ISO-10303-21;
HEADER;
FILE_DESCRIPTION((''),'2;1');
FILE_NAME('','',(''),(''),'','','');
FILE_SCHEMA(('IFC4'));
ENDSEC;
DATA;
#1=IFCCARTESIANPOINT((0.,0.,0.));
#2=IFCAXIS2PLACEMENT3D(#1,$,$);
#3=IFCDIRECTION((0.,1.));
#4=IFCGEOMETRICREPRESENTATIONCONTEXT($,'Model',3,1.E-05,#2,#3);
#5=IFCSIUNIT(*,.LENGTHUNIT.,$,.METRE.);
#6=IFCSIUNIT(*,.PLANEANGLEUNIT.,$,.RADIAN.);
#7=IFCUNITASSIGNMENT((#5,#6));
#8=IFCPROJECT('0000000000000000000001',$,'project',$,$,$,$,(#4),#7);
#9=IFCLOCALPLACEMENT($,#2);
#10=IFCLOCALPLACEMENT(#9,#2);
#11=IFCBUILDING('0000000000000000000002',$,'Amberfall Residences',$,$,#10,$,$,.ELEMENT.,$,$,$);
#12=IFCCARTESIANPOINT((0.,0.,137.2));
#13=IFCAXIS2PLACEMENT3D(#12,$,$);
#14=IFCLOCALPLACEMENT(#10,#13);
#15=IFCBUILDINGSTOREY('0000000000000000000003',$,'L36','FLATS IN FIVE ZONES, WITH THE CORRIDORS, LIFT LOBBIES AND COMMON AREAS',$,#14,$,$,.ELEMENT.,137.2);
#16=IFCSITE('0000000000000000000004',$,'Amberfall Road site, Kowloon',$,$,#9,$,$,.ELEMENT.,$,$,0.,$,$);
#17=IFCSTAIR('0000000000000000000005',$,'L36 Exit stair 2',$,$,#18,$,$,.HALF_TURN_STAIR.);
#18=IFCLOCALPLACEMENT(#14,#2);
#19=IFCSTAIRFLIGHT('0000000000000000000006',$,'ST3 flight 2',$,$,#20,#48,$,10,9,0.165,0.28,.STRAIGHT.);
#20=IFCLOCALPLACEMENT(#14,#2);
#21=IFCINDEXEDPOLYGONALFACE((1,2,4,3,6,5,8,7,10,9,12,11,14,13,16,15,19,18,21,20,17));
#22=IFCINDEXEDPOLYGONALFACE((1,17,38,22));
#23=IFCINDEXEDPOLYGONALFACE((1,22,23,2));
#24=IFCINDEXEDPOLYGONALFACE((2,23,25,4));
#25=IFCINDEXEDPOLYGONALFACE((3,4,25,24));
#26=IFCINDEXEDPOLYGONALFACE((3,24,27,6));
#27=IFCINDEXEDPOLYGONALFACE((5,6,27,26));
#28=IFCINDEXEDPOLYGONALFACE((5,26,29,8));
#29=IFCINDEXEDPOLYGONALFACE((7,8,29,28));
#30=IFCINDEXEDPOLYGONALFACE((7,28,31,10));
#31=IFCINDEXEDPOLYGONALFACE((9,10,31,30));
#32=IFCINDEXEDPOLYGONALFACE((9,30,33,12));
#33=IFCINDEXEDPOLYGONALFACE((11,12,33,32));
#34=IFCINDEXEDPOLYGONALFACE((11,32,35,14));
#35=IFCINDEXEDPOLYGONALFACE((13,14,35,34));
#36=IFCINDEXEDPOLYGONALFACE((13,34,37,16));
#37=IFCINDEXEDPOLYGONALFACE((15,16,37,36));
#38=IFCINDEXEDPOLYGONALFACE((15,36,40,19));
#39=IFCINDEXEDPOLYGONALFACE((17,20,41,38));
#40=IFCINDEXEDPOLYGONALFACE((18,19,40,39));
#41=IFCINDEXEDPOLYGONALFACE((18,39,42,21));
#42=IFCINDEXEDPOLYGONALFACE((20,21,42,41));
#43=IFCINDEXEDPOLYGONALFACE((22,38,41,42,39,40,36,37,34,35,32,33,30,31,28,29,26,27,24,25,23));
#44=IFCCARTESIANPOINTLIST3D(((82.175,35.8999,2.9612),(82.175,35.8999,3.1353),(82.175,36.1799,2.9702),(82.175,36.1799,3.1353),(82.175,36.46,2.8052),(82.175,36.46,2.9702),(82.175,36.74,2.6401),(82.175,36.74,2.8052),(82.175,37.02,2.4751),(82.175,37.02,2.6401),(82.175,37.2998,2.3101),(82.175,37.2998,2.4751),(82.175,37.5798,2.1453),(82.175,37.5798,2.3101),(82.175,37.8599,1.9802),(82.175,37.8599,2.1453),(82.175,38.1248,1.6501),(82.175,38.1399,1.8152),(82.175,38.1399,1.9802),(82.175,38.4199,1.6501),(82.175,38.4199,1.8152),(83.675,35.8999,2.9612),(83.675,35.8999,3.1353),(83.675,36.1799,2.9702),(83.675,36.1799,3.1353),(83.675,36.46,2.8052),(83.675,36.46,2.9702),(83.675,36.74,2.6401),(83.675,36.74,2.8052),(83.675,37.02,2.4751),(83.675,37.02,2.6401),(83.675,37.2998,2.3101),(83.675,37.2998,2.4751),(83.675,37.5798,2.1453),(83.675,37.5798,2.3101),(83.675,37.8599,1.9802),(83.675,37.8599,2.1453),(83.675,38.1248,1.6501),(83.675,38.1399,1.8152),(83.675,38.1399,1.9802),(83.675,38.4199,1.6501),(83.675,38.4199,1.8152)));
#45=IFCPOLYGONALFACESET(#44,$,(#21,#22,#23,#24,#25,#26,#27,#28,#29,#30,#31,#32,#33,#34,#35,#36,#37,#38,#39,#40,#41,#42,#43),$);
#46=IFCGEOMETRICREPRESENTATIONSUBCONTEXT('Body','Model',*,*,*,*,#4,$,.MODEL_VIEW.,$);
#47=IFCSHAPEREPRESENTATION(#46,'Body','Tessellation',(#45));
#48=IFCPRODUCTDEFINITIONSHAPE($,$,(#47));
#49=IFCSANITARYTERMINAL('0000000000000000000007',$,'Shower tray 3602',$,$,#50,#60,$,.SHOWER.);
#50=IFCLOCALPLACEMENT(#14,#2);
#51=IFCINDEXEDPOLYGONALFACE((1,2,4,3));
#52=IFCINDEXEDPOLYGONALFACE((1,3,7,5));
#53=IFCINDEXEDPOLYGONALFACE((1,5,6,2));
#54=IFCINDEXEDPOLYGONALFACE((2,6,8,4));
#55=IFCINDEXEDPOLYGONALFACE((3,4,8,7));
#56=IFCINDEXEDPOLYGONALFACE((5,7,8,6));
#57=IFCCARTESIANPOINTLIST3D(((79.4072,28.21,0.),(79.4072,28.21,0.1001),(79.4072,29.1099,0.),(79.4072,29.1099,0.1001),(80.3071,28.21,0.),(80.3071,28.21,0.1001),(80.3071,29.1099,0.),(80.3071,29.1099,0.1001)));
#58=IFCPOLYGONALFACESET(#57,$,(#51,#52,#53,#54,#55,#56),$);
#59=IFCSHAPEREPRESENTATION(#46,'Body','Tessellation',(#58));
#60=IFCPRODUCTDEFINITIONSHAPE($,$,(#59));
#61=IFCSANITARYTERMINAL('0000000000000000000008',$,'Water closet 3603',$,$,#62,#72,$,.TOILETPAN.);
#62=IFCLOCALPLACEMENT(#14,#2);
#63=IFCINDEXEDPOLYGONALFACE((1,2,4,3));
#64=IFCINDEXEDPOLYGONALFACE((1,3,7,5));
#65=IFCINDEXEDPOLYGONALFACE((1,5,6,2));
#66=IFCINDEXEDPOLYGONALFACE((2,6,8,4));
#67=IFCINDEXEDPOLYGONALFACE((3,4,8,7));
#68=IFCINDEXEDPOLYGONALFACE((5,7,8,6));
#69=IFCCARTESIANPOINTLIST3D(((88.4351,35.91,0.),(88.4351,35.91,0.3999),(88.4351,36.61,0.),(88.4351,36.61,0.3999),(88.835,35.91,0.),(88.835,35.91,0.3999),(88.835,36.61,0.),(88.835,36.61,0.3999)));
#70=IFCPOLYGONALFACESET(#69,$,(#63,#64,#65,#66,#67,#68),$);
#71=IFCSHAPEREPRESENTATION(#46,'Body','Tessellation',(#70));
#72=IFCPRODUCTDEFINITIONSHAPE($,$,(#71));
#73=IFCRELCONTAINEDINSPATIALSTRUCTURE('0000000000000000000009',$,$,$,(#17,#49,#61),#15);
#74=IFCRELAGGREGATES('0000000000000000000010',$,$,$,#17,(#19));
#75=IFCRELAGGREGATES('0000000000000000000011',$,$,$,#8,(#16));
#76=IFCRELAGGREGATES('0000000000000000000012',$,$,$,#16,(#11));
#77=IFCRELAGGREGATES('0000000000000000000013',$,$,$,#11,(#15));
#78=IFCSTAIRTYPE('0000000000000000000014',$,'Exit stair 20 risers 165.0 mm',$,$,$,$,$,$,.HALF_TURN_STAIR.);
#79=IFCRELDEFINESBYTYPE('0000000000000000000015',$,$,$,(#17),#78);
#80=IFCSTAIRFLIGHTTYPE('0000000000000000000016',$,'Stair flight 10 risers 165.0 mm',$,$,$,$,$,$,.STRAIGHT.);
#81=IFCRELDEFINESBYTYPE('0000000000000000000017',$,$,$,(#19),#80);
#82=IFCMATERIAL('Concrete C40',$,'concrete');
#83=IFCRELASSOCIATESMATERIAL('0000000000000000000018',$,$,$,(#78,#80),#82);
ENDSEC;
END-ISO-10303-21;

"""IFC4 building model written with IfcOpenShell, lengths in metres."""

from ifc_helpers import new_model, si_unit, direction, frame, origin, origin_2d, place, context, subcontext, project, spatial, polyline, rectangle, outline, extrude, material, type_object, element, aggregate, save


model = new_model("IFC4")

# Units and contexts
model_context = context("Model", 3, precision=1e-05, world=origin(), true_north=direction((0.0, 1.0)))
body_context = subcontext(model_context, "Body", "Model", "MODEL_VIEW")
ifc_project = project(units=[si_unit("LENGTHUNIT", "METRE"), si_unit("PLANEANGLEUNIT", "RADIAN")], contexts=[model_context])

# Site, building, storey
site_placement = place(None, origin())
site = spatial("IfcSite", under=ifc_project, at=site_placement, Name="Amberfall Road site, Kowloon", CompositionType="ELEMENT", RefElevation=0.0)
building_placement = place(site_placement, origin())
building = spatial("IfcBuilding", under=site, at=building_placement, Name="Amberfall Residences", CompositionType="ELEMENT")
storey_placement = place(building_placement, frame((0.0, 0.0, 137.2)))
storey = spatial("IfcBuildingStorey", under=building, at=storey_placement, Name="L36", Description="FLATS IN FIVE ZONES, WITH THE CORRIDORS, LIFT LOBBIES AND COMMON AREAS", CompositionType="ELEMENT", Elevation=137.2)

# Stair, stair flight
ifc_material_1 = material(Name="Concrete C40", Category="concrete")
stair_type = type_object("IfcStairType", Name="Exit stair 20 risers 165.0 mm", PredefinedType="HALF_TURN_STAIR", material=ifc_material_1)
stair_placement = place(storey_placement, origin())
stair = element("IfcStair", 1, at=stair_placement, inside=storey, type_object=stair_type, Name="L36 Exit stair 2", PredefinedType="HALF_TURN_STAIR")
stair_flight_type = type_object("IfcStairFlightType", Name="Stair flight 10 risers 165.0 mm", PredefinedType="STRAIGHT", material=ifc_material_1)
stair_flight_1_placement = place(storey_placement, frame((82.925, 38.4199, 1.6501), z_axis=(0.0, 0.0, 1.0), x_axis=(0.0, -1.0, 0.0)))
stair_flight_1 = element("IfcStairFlight", 2, at=stair_flight_1_placement, type_object=stair_flight_type, Name="ST3 flight 2", NumberOfRisers=10, NumberOfTreads=9, PredefinedType="STRAIGHT", RiserHeight=0.165, TreadLength=0.28, context=body_context, shape_type="SweptSolid", body=[
    extrude(outline(polyline([(0.0, 0.0), (0.0, 0.165), (0.28, 0.165), (0.28, 0.3301), (0.5601, 0.3301), (0.5601, 0.4951), (0.8401, 0.4951), (0.8401, 0.6599), (1.1201, 0.6599), (1.1201, 0.825), (1.3999, 0.825), (1.3999, 0.99), (1.6799, 0.99), (1.6799, 1.155), (1.96, 1.155), (1.96, 1.3201), (2.24, 1.3201), (2.24, 1.4851), (2.52, 1.4851), (2.52, 1.6499), (2.52, 1.311), (0.2952, 0.0), (0.0, 0.0)])), frame((0.0, 0.75, 0.0), z_axis=(0.0, -1.0, 0.0), x_axis=(1.0, 0.0, 0.0)), (0.0, 0.0, 1.0), 1.5),
])
aggregate(stair, [stair_flight_1])

# Sanitary terminals
sanitary_terminal_1_placement = place(storey_placement, frame((79.8572, 28.6599, 0.0), z_axis=(0.0, 0.0, 1.0), x_axis=(1.0, 0.0, 0.0)))
element("IfcSanitaryTerminal", 3, at=sanitary_terminal_1_placement, inside=storey, Name="Shower tray 3602", PredefinedType="SHOWER", context=body_context, shape_type="SweptSolid", body=[
    extrude(rectangle(XDim=0.8999, YDim=0.8999, at=origin_2d()), origin(), (0.0, 0.0, 1.0), 0.1001),
])
sanitary_terminal_2_placement = place(storey_placement, frame((88.635, 36.26, 0.0), z_axis=(0.0, 0.0, 1.0), x_axis=(1.0, 0.0, 0.0)))
element("IfcSanitaryTerminal", 4, at=sanitary_terminal_2_placement, inside=storey, Name="Water closet 3603", PredefinedType="TOILETPAN", context=body_context, shape_type="SweptSolid", body=[
    extrude(rectangle(XDim=0.3999, YDim=0.7, at=origin_2d()), origin(), (0.0, 0.0, 1.0), 0.3999),
])

save(model, "model.ifc")
